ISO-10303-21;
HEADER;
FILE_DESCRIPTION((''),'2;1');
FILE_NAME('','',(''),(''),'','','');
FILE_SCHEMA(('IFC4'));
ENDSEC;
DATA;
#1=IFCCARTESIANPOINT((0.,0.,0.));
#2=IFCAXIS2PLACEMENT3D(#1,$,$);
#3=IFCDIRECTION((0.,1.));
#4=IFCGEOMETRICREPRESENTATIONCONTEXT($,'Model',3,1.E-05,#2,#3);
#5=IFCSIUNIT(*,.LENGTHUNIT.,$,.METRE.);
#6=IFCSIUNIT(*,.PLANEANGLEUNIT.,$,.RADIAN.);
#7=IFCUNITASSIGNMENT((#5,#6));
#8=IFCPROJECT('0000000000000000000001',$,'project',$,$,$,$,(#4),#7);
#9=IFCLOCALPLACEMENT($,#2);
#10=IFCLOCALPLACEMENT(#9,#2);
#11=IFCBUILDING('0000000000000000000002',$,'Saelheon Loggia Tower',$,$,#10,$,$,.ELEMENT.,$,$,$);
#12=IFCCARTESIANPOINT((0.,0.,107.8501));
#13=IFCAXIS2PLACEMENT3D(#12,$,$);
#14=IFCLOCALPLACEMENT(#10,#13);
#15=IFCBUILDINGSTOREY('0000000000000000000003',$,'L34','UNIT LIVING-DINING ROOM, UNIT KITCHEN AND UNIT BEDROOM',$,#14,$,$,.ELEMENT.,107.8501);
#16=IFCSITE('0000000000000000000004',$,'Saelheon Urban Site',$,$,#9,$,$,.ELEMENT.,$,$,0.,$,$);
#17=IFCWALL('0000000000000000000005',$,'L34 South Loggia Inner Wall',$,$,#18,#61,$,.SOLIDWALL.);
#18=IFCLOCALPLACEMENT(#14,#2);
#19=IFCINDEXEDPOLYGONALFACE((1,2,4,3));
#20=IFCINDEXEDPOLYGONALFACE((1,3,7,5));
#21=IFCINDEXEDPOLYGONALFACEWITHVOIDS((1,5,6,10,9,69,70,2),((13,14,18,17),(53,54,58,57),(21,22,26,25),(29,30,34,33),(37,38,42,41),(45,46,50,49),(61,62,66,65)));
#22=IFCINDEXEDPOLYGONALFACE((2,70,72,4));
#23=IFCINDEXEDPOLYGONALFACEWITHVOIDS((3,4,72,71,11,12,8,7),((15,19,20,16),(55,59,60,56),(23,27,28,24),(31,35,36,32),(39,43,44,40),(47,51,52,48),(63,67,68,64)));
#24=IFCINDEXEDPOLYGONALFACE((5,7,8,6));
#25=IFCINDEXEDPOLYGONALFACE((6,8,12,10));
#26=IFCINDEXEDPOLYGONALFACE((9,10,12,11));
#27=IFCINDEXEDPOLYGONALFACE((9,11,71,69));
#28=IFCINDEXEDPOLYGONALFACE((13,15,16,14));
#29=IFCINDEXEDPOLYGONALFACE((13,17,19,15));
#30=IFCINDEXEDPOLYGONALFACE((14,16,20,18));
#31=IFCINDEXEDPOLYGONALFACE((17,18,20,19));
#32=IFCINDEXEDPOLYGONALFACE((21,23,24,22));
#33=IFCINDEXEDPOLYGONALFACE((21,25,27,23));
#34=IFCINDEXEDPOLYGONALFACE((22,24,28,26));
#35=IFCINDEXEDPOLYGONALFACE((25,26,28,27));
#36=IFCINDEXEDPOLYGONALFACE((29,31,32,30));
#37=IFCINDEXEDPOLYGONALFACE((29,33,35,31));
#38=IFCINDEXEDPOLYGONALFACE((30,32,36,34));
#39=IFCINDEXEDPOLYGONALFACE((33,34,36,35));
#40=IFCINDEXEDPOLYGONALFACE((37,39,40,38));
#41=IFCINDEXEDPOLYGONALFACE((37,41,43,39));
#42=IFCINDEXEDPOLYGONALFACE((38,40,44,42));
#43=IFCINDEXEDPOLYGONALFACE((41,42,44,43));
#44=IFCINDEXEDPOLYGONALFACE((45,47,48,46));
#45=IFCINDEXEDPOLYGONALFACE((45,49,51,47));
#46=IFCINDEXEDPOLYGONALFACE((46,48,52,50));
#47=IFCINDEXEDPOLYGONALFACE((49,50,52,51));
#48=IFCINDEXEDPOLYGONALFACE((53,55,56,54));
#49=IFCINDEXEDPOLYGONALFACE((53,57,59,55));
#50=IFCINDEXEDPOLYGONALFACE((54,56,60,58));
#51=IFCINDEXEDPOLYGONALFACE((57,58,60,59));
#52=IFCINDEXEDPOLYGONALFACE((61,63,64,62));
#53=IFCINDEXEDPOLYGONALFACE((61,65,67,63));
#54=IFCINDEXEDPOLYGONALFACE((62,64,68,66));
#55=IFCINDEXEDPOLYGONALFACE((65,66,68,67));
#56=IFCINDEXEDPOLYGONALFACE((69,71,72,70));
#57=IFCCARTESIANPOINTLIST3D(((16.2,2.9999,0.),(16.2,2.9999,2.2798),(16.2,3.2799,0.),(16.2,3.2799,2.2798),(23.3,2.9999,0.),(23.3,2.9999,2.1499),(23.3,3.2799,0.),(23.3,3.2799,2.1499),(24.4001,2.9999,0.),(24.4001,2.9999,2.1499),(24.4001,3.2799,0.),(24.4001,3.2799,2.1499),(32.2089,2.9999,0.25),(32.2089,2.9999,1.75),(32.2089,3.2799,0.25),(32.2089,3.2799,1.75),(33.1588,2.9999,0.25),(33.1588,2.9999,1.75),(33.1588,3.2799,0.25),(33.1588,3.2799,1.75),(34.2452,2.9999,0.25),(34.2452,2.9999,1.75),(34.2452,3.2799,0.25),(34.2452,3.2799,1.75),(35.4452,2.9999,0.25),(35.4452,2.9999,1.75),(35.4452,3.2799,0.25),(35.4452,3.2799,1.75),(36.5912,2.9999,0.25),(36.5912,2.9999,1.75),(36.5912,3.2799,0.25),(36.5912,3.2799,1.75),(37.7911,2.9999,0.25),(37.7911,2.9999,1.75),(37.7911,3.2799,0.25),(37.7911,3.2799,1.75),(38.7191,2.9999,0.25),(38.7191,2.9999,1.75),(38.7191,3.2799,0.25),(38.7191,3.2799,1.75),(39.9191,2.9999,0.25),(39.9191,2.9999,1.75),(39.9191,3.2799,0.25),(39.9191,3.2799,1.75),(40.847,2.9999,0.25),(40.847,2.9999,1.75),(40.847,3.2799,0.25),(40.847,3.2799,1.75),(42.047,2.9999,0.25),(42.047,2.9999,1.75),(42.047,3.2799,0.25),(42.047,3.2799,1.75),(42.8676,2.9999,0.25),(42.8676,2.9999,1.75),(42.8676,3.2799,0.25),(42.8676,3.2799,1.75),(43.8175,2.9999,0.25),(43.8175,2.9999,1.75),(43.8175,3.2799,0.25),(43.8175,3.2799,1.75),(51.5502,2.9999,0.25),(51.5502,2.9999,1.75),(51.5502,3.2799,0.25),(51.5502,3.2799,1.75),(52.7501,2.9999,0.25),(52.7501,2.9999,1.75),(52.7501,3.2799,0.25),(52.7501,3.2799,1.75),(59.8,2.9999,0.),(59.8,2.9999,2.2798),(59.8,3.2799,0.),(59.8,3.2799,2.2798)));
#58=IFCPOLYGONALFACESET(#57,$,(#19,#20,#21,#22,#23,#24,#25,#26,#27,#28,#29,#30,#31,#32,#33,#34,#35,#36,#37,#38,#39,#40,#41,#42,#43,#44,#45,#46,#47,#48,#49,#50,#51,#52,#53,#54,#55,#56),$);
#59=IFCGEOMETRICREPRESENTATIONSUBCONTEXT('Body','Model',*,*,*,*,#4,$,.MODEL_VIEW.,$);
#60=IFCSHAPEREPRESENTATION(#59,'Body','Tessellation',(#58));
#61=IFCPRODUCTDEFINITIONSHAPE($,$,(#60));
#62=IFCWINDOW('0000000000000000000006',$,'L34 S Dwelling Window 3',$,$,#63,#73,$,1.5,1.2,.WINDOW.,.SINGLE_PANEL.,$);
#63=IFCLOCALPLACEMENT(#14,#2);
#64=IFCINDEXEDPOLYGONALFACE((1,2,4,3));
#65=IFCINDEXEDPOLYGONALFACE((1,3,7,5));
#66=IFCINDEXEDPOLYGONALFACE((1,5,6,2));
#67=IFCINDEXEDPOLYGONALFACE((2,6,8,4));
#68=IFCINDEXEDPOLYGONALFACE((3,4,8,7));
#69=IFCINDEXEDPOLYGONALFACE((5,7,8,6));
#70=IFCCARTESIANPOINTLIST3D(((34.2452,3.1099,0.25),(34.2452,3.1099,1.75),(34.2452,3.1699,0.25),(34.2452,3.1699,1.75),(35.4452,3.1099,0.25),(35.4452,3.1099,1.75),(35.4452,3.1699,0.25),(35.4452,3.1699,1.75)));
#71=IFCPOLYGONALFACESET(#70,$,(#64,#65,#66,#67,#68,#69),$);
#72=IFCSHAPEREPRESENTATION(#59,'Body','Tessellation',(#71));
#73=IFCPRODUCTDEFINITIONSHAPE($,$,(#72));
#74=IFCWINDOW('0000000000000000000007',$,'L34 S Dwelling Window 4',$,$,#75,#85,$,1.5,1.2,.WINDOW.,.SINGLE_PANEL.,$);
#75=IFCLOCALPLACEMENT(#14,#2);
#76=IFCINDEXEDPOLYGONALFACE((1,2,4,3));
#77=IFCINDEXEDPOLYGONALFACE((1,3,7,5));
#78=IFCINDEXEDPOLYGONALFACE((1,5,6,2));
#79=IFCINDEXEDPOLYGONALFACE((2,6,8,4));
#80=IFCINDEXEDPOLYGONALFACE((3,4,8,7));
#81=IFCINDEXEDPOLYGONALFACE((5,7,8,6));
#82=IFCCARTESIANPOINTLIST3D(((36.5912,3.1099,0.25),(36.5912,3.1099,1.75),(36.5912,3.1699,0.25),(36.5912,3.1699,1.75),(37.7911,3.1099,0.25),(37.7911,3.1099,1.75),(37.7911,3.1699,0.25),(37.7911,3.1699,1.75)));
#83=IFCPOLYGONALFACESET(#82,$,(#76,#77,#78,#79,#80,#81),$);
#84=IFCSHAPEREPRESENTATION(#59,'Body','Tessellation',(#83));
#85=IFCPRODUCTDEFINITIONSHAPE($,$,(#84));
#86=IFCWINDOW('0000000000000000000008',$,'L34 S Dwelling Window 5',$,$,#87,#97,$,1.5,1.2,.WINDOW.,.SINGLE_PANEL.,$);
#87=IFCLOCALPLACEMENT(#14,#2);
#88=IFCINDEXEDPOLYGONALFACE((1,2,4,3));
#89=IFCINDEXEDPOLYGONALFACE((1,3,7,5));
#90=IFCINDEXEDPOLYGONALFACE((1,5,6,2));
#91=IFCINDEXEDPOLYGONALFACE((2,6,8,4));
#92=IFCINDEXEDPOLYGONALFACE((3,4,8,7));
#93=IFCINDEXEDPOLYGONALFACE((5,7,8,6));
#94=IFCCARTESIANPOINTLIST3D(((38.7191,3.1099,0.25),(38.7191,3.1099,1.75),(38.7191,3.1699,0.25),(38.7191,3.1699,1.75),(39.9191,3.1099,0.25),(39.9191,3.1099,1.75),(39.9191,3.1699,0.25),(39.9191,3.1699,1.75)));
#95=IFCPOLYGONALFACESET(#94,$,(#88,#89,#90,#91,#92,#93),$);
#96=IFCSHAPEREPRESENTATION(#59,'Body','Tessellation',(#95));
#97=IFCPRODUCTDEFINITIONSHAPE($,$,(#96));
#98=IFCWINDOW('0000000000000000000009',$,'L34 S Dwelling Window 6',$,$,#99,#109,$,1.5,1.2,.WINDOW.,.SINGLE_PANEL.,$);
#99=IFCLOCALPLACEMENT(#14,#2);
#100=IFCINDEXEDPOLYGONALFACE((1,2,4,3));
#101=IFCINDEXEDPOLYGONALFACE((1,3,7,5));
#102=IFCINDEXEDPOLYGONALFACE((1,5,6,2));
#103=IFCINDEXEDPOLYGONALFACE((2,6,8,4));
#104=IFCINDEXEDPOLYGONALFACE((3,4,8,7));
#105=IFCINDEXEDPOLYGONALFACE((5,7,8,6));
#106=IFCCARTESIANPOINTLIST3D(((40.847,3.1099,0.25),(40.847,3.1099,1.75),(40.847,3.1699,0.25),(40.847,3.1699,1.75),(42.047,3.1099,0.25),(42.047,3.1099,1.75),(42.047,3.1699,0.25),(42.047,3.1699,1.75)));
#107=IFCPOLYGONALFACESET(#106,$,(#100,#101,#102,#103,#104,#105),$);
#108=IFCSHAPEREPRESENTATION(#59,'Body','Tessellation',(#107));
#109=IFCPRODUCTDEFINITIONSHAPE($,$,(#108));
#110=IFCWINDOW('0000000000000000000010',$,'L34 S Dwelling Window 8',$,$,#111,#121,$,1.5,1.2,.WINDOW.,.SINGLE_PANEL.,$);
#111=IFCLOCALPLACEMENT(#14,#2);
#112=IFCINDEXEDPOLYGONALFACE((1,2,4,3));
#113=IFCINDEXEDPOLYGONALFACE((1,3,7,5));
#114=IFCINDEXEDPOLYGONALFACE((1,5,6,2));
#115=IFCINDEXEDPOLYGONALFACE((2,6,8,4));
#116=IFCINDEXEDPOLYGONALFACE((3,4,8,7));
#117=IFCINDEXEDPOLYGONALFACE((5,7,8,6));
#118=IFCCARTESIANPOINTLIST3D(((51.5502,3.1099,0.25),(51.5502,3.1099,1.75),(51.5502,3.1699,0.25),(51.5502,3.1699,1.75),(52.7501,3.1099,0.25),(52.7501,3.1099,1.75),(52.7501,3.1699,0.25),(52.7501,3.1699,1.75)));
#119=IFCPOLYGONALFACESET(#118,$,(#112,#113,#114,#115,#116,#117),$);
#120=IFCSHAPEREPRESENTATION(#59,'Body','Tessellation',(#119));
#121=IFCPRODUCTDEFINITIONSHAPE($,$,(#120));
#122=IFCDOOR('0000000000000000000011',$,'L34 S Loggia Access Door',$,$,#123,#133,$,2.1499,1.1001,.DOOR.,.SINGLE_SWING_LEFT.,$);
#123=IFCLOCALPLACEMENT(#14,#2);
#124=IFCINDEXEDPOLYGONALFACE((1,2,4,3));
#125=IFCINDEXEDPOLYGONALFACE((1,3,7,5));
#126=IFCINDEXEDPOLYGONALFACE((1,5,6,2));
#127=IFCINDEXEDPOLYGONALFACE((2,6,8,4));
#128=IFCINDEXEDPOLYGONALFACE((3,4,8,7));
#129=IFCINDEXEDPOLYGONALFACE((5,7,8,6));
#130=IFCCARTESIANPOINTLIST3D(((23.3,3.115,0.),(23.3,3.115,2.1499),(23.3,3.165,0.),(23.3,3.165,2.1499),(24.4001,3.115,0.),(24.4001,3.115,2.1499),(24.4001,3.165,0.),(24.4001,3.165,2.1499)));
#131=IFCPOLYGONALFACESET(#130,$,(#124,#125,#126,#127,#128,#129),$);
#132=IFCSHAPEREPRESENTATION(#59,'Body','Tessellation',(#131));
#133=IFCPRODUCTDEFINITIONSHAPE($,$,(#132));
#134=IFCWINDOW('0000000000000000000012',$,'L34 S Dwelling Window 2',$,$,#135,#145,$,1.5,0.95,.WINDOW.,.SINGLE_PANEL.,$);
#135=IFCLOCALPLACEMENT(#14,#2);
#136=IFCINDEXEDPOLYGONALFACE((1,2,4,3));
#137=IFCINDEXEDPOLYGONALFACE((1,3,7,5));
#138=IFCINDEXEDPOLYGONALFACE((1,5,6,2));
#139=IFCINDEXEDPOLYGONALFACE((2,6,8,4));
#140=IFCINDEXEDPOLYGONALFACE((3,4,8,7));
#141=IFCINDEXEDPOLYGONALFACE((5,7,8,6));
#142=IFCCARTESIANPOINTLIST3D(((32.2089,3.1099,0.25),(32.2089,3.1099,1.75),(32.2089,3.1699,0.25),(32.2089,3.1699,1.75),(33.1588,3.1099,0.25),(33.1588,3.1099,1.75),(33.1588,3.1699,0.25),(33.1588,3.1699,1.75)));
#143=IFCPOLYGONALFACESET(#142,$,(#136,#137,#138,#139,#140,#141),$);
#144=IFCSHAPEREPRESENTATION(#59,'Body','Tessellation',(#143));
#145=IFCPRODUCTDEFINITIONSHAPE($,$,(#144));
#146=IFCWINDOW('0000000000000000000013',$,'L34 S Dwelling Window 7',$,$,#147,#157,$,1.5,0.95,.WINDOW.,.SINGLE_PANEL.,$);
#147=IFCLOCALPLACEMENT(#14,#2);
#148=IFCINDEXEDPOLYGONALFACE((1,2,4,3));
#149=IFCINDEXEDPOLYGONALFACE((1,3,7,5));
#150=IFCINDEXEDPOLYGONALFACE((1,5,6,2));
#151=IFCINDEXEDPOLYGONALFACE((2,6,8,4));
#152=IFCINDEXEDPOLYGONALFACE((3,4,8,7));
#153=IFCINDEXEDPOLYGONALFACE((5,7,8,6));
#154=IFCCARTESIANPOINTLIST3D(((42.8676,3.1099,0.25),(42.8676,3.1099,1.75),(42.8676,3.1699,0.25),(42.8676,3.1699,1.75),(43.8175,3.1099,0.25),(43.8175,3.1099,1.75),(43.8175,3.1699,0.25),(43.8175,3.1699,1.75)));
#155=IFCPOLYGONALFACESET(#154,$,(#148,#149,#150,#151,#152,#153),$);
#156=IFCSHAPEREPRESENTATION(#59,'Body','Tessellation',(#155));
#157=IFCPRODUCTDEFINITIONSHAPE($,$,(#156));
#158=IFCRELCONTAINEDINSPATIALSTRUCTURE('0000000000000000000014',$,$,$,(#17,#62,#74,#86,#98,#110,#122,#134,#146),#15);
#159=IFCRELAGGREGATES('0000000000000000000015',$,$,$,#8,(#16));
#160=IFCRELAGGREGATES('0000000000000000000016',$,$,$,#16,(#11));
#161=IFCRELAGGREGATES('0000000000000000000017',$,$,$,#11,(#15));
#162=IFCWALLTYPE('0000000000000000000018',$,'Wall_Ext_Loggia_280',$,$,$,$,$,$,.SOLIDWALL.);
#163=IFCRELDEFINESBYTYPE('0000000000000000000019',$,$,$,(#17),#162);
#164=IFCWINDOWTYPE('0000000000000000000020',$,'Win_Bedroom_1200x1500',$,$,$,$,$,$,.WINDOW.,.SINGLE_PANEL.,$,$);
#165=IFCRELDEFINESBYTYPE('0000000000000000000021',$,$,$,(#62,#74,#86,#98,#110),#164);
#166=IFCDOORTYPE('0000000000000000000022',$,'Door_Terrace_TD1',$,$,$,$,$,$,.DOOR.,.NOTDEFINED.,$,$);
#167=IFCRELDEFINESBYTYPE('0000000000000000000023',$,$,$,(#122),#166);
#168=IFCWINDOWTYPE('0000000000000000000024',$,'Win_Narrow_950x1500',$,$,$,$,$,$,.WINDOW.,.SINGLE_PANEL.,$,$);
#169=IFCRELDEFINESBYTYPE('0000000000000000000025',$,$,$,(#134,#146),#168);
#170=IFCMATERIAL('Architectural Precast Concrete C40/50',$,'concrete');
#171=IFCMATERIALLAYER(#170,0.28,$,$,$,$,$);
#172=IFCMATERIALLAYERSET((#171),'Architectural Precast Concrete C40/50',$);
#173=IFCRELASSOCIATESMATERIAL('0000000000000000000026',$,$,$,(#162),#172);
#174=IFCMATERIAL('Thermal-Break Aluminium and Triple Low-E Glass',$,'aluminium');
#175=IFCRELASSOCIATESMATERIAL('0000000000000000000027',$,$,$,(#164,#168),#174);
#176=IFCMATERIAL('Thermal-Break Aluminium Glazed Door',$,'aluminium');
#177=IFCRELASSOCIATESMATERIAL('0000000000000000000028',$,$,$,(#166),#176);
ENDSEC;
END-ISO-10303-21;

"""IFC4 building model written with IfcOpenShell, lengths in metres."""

from ifc_helpers import new_model, si_unit, direction, frame, frame_2d, origin, place, context, subcontext, project, spatial, rectangle, extrude, source, transform, mapped, material, layer, layer_set, type_object, element, fill, save


model = new_model("IFC4")

# Units and contexts
model_context = context("Model", 3, precision=1e-05, world=origin(), true_north=direction((0.0, 1.0)))
body_context = subcontext(model_context, "Body", "Model", "MODEL_VIEW")
ifc_project = project(units=[si_unit("LENGTHUNIT", "METRE"), si_unit("PLANEANGLEUNIT", "RADIAN")], contexts=[model_context])

# Site, building, storey
site_placement = place(None, origin())
site = spatial("IfcSite", under=ifc_project, at=site_placement, Name="Saelheon Urban Site", CompositionType="ELEMENT", RefElevation=0.0)
building_placement = place(site_placement, origin())
building = spatial("IfcBuilding", under=site, at=building_placement, Name="Saelheon Loggia Tower", CompositionType="ELEMENT")
storey_placement = place(building_placement, frame((0.0, 0.0, 107.8501)))
storey = spatial("IfcBuildingStorey", under=building, at=storey_placement, Name="L34", Description="UNIT LIVING-DINING ROOM, UNIT KITCHEN AND UNIT BEDROOM", CompositionType="ELEMENT", Elevation=107.8501)

# Wall, openings, windows, door
ifc_material_1 = material(Name="Architectural Precast Concrete C40/50", Category="concrete")
ifc_layer_1 = layer(ifc_material_1, 0.28)
ifc_layer_set_1 = layer_set([ifc_layer_1], Name="Architectural Precast Concrete C40/50")
wall_type = type_object("IfcWallType", Name="Wall_Ext_Loggia_280", PredefinedType="SOLIDWALL", material=ifc_layer_set_1)
wall_placement = place(storey_placement, frame((16.2, 3.1399, 0.0), z_axis=(0.0, 0.0, 1.0), x_axis=(1.0, 0.0, 0.0)))
wall = element("IfcWall", 1, at=wall_placement, inside=storey, type_object=wall_type, Name="L34 South Loggia Inner Wall", PredefinedType="SOLIDWALL", context=body_context, shape_type="SweptSolid", body=[
    extrude(rectangle(XDim=43.6001, YDim=0.28, at=frame_2d((21.8, 0.0))), origin(), (0.0, 0.0, 1.0), 2.2798),
])
opening_1_placement = place(wall_placement, frame((8.2002, 0.0, 0.0), z_axis=(0.0, 0.0, 1.0), x_axis=(-1.0, 0.0, 0.0)))
opening_1 = element("IfcOpeningElement", 2, at=opening_1_placement, cuts=wall, PredefinedType="OPENING", context=body_context, shape_type="SweptSolid", body=[
    extrude(rectangle(XDim=1.1001, YDim=2.1499, at=frame_2d((0.55, 1.075))), frame((0.0, 0.1521, 0.0), z_axis=(0.0, -1.0, 0.0), x_axis=(1.0, 0.0, 0.0)), (0.0, 0.0, 1.0), 0.304),
])
opening_2_placement = place(wall_placement, frame((16.0088, 0.0, 0.25)))
opening_2 = element("IfcOpeningElement", 3, at=opening_2_placement, cuts=wall, PredefinedType="OPENING", context=body_context, shape_type="SweptSolid", body=[
    extrude(rectangle(XDim=0.95, YDim=1.5, at=frame_2d((0.4751, 0.75))), frame((0.0, 0.1521, 0.0), z_axis=(0.0, -1.0, 0.0), x_axis=(1.0, 0.0, 0.0)), (0.0, 0.0, 1.0), 0.304),
])
opening_3_placement = place(wall_placement, frame((18.0452, 0.0, 0.25)))
opening_3 = element("IfcOpeningElement", 4, at=opening_3_placement, cuts=wall, PredefinedType="OPENING", context=body_context, shape_type="SweptSolid", body=[
    extrude(rectangle(XDim=1.2, YDim=1.5, at=frame_2d((0.6001, 0.75))), frame((0.0, 0.1521, 0.0), z_axis=(0.0, -1.0, 0.0), x_axis=(1.0, 0.0, 0.0)), (0.0, 0.0, 1.0), 0.304),
])
opening_4_placement = place(wall_placement, frame((20.3911, 0.0, 0.25)))
opening_4 = element("IfcOpeningElement", 5, at=opening_4_placement, cuts=wall, PredefinedType="OPENING", context=body_context, shape_type="SweptSolid", body=[
    extrude(rectangle(XDim=1.2, YDim=1.5, at=frame_2d((0.6001, 0.75))), frame((0.0, 0.1521, 0.0), z_axis=(0.0, -1.0, 0.0), x_axis=(1.0, 0.0, 0.0)), (0.0, 0.0, 1.0), 0.304),
])
opening_5_placement = place(wall_placement, frame((22.519, 0.0, 0.25)))
opening_5 = element("IfcOpeningElement", 6, at=opening_5_placement, cuts=wall, PredefinedType="OPENING", context=body_context, shape_type="SweptSolid", body=[
    extrude(rectangle(XDim=1.2, YDim=1.5, at=frame_2d((0.6001, 0.75))), frame((0.0, 0.1521, 0.0), z_axis=(0.0, -1.0, 0.0), x_axis=(1.0, 0.0, 0.0)), (0.0, 0.0, 1.0), 0.304),
])
opening_6_placement = place(wall_placement, frame((24.647, 0.0, 0.25)))
opening_6 = element("IfcOpeningElement", 7, at=opening_6_placement, cuts=wall, PredefinedType="OPENING", context=body_context, shape_type="SweptSolid", body=[
    extrude(rectangle(XDim=1.2, YDim=1.5, at=frame_2d((0.6001, 0.75))), frame((0.0, 0.1521, 0.0), z_axis=(0.0, -1.0, 0.0), x_axis=(1.0, 0.0, 0.0)), (0.0, 0.0, 1.0), 0.304),
])
opening_7_placement = place(wall_placement, frame((26.6675, 0.0, 0.25)))
opening_7 = element("IfcOpeningElement", 8, at=opening_7_placement, cuts=wall, PredefinedType="OPENING", context=body_context, shape_type="SweptSolid", body=[
    extrude(rectangle(XDim=0.95, YDim=1.5, at=frame_2d((0.4751, 0.75))), frame((0.0, 0.1521, 0.0), z_axis=(0.0, -1.0, 0.0), x_axis=(1.0, 0.0, 0.0)), (0.0, 0.0, 1.0), 0.304),
])
opening_8_placement = place(wall_placement, frame((35.3501, 0.0, 0.25)))
opening_8 = element("IfcOpeningElement", 9, at=opening_8_placement, cuts=wall, PredefinedType="OPENING", context=body_context, shape_type="SweptSolid", body=[
    extrude(rectangle(XDim=1.2, YDim=1.5, at=frame_2d((0.6001, 0.75))), frame((0.0, 0.1521, 0.0), z_axis=(0.0, -1.0, 0.0), x_axis=(1.0, 0.0, 0.0)), (0.0, 0.0, 1.0), 0.304),
])
ifc_material_2 = material(Name="Thermal-Break Aluminium and Triple Low-E Glass", Category="aluminium")
window_type_1 = type_object("IfcWindowType", Name="Win_Bedroom_1200x1500", PartitioningType="SINGLE_PANEL", PredefinedType="WINDOW", material=ifc_material_2)
shared_shape_1 = source(origin(), body_context, "Body", "SweptSolid", [
    extrude(rectangle(XDim=1.2, YDim=1.5, at=frame_2d((0.6001, 0.75))), frame((0.0, 0.03, 0.0), z_axis=(0.0, -1.0, 0.0), x_axis=(1.0, 0.0, 0.0)), (0.0, 0.0, 1.0), 0.0601),
])
window_1_placement = place(opening_3_placement, origin())
window_1 = element("IfcWindow", 10, at=window_1_placement, inside=storey, type_object=window_type_1, Name="L34 S Dwelling Window 3", OverallHeight=1.5, OverallWidth=1.2, PartitioningType="SINGLE_PANEL", PredefinedType="WINDOW", context=body_context, shape_type="MappedRepresentation", body=[
    mapped(shared_shape_1, transform((0.0, 0.0, 0.0), scale=1.0)),
])
fill(opening_3, window_1)
window_2_placement = place(opening_4_placement, origin())
window_2 = element("IfcWindow", 11, at=window_2_placement, inside=storey, type_object=window_type_1, Name="L34 S Dwelling Window 4", OverallHeight=1.5, OverallWidth=1.2, PartitioningType="SINGLE_PANEL", PredefinedType="WINDOW", context=body_context, shape_type="MappedRepresentation", body=[
    mapped(shared_shape_1, transform((0.0, 0.0, 0.0), scale=1.0)),
])
fill(opening_4, window_2)
window_3_placement = place(opening_5_placement, origin())
window_3 = element("IfcWindow", 12, at=window_3_placement, inside=storey, type_object=window_type_1, Name="L34 S Dwelling Window 5", OverallHeight=1.5, OverallWidth=1.2, PartitioningType="SINGLE_PANEL", PredefinedType="WINDOW", context=body_context, shape_type="MappedRepresentation", body=[
    mapped(shared_shape_1, transform((0.0, 0.0, 0.0), scale=1.0)),
])
fill(opening_5, window_3)
window_4_placement = place(opening_6_placement, origin())
window_4 = element("IfcWindow", 13, at=window_4_placement, inside=storey, type_object=window_type_1, Name="L34 S Dwelling Window 6", OverallHeight=1.5, OverallWidth=1.2, PartitioningType="SINGLE_PANEL", PredefinedType="WINDOW", context=body_context, shape_type="MappedRepresentation", body=[
    mapped(shared_shape_1, transform((0.0, 0.0, 0.0), scale=1.0)),
])
fill(opening_6, window_4)
window_5_placement = place(opening_8_placement, origin())
window_5 = element("IfcWindow", 14, at=window_5_placement, inside=storey, type_object=window_type_1, Name="L34 S Dwelling Window 8", OverallHeight=1.5, OverallWidth=1.2, PartitioningType="SINGLE_PANEL", PredefinedType="WINDOW", context=body_context, shape_type="MappedRepresentation", body=[
    mapped(shared_shape_1, transform((0.0, 0.0, 0.0), scale=1.0)),
])
fill(opening_8, window_5)
ifc_material_3 = material(Name="Thermal-Break Aluminium Glazed Door", Category="aluminium")
door_type = type_object("IfcDoorType", Name="Door_Terrace_TD1", OperationType="NOTDEFINED", PredefinedType="DOOR", material=ifc_material_3)
shared_shape_2 = source(origin(), body_context, "Body", "SweptSolid", [
    extrude(rectangle(XDim=1.1001, YDim=2.1499, at=frame_2d((0.55, 1.075))), frame((0.0, 0.0249, 0.0), z_axis=(0.0, -1.0, 0.0), x_axis=(1.0, 0.0, 0.0)), (0.0, 0.0, 1.0), 0.05),
])
door_placement = place(opening_1_placement, origin())
door = element("IfcDoor", 15, at=door_placement, inside=storey, type_object=door_type, Name="L34 S Loggia Access Door", OperationType="SINGLE_SWING_LEFT", OverallHeight=2.1499, OverallWidth=1.1001, PredefinedType="DOOR", context=body_context, shape_type="MappedRepresentation", body=[
    mapped(shared_shape_2, transform((0.0, 0.0, 0.0), scale=1.0)),
])
fill(opening_1, door)
window_type_2 = type_object("IfcWindowType", Name="Win_Narrow_950x1500", PartitioningType="SINGLE_PANEL", PredefinedType="WINDOW", material=ifc_material_2)
shared_shape_3 = source(origin(), body_context, "Body", "SweptSolid", [
    extrude(rectangle(XDim=0.95, YDim=1.5, at=frame_2d((0.4751, 0.75))), frame((0.0, 0.03, 0.0), z_axis=(0.0, -1.0, 0.0), x_axis=(1.0, 0.0, 0.0)), (0.0, 0.0, 1.0), 0.0601),
])
window_6_placement = place(opening_2_placement, origin())
window_6 = element("IfcWindow", 16, at=window_6_placement, inside=storey, type_object=window_type_2, Name="L34 S Dwelling Window 2", OverallHeight=1.5, OverallWidth=0.95, PartitioningType="SINGLE_PANEL", PredefinedType="WINDOW", context=body_context, shape_type="MappedRepresentation", body=[
    mapped(shared_shape_3, transform((0.0, 0.0, 0.0), scale=1.0)),
])
fill(opening_2, window_6)
window_7_placement = place(opening_7_placement, origin())
window_7 = element("IfcWindow", 17, at=window_7_placement, inside=storey, type_object=window_type_2, Name="L34 S Dwelling Window 7", OverallHeight=1.5, OverallWidth=0.95, PartitioningType="SINGLE_PANEL", PredefinedType="WINDOW", context=body_context, shape_type="MappedRepresentation", body=[
    mapped(shared_shape_3, transform((0.0, 0.0, 0.0), scale=1.0)),
])
fill(opening_7, window_7)

save(model, "model.ifc")
